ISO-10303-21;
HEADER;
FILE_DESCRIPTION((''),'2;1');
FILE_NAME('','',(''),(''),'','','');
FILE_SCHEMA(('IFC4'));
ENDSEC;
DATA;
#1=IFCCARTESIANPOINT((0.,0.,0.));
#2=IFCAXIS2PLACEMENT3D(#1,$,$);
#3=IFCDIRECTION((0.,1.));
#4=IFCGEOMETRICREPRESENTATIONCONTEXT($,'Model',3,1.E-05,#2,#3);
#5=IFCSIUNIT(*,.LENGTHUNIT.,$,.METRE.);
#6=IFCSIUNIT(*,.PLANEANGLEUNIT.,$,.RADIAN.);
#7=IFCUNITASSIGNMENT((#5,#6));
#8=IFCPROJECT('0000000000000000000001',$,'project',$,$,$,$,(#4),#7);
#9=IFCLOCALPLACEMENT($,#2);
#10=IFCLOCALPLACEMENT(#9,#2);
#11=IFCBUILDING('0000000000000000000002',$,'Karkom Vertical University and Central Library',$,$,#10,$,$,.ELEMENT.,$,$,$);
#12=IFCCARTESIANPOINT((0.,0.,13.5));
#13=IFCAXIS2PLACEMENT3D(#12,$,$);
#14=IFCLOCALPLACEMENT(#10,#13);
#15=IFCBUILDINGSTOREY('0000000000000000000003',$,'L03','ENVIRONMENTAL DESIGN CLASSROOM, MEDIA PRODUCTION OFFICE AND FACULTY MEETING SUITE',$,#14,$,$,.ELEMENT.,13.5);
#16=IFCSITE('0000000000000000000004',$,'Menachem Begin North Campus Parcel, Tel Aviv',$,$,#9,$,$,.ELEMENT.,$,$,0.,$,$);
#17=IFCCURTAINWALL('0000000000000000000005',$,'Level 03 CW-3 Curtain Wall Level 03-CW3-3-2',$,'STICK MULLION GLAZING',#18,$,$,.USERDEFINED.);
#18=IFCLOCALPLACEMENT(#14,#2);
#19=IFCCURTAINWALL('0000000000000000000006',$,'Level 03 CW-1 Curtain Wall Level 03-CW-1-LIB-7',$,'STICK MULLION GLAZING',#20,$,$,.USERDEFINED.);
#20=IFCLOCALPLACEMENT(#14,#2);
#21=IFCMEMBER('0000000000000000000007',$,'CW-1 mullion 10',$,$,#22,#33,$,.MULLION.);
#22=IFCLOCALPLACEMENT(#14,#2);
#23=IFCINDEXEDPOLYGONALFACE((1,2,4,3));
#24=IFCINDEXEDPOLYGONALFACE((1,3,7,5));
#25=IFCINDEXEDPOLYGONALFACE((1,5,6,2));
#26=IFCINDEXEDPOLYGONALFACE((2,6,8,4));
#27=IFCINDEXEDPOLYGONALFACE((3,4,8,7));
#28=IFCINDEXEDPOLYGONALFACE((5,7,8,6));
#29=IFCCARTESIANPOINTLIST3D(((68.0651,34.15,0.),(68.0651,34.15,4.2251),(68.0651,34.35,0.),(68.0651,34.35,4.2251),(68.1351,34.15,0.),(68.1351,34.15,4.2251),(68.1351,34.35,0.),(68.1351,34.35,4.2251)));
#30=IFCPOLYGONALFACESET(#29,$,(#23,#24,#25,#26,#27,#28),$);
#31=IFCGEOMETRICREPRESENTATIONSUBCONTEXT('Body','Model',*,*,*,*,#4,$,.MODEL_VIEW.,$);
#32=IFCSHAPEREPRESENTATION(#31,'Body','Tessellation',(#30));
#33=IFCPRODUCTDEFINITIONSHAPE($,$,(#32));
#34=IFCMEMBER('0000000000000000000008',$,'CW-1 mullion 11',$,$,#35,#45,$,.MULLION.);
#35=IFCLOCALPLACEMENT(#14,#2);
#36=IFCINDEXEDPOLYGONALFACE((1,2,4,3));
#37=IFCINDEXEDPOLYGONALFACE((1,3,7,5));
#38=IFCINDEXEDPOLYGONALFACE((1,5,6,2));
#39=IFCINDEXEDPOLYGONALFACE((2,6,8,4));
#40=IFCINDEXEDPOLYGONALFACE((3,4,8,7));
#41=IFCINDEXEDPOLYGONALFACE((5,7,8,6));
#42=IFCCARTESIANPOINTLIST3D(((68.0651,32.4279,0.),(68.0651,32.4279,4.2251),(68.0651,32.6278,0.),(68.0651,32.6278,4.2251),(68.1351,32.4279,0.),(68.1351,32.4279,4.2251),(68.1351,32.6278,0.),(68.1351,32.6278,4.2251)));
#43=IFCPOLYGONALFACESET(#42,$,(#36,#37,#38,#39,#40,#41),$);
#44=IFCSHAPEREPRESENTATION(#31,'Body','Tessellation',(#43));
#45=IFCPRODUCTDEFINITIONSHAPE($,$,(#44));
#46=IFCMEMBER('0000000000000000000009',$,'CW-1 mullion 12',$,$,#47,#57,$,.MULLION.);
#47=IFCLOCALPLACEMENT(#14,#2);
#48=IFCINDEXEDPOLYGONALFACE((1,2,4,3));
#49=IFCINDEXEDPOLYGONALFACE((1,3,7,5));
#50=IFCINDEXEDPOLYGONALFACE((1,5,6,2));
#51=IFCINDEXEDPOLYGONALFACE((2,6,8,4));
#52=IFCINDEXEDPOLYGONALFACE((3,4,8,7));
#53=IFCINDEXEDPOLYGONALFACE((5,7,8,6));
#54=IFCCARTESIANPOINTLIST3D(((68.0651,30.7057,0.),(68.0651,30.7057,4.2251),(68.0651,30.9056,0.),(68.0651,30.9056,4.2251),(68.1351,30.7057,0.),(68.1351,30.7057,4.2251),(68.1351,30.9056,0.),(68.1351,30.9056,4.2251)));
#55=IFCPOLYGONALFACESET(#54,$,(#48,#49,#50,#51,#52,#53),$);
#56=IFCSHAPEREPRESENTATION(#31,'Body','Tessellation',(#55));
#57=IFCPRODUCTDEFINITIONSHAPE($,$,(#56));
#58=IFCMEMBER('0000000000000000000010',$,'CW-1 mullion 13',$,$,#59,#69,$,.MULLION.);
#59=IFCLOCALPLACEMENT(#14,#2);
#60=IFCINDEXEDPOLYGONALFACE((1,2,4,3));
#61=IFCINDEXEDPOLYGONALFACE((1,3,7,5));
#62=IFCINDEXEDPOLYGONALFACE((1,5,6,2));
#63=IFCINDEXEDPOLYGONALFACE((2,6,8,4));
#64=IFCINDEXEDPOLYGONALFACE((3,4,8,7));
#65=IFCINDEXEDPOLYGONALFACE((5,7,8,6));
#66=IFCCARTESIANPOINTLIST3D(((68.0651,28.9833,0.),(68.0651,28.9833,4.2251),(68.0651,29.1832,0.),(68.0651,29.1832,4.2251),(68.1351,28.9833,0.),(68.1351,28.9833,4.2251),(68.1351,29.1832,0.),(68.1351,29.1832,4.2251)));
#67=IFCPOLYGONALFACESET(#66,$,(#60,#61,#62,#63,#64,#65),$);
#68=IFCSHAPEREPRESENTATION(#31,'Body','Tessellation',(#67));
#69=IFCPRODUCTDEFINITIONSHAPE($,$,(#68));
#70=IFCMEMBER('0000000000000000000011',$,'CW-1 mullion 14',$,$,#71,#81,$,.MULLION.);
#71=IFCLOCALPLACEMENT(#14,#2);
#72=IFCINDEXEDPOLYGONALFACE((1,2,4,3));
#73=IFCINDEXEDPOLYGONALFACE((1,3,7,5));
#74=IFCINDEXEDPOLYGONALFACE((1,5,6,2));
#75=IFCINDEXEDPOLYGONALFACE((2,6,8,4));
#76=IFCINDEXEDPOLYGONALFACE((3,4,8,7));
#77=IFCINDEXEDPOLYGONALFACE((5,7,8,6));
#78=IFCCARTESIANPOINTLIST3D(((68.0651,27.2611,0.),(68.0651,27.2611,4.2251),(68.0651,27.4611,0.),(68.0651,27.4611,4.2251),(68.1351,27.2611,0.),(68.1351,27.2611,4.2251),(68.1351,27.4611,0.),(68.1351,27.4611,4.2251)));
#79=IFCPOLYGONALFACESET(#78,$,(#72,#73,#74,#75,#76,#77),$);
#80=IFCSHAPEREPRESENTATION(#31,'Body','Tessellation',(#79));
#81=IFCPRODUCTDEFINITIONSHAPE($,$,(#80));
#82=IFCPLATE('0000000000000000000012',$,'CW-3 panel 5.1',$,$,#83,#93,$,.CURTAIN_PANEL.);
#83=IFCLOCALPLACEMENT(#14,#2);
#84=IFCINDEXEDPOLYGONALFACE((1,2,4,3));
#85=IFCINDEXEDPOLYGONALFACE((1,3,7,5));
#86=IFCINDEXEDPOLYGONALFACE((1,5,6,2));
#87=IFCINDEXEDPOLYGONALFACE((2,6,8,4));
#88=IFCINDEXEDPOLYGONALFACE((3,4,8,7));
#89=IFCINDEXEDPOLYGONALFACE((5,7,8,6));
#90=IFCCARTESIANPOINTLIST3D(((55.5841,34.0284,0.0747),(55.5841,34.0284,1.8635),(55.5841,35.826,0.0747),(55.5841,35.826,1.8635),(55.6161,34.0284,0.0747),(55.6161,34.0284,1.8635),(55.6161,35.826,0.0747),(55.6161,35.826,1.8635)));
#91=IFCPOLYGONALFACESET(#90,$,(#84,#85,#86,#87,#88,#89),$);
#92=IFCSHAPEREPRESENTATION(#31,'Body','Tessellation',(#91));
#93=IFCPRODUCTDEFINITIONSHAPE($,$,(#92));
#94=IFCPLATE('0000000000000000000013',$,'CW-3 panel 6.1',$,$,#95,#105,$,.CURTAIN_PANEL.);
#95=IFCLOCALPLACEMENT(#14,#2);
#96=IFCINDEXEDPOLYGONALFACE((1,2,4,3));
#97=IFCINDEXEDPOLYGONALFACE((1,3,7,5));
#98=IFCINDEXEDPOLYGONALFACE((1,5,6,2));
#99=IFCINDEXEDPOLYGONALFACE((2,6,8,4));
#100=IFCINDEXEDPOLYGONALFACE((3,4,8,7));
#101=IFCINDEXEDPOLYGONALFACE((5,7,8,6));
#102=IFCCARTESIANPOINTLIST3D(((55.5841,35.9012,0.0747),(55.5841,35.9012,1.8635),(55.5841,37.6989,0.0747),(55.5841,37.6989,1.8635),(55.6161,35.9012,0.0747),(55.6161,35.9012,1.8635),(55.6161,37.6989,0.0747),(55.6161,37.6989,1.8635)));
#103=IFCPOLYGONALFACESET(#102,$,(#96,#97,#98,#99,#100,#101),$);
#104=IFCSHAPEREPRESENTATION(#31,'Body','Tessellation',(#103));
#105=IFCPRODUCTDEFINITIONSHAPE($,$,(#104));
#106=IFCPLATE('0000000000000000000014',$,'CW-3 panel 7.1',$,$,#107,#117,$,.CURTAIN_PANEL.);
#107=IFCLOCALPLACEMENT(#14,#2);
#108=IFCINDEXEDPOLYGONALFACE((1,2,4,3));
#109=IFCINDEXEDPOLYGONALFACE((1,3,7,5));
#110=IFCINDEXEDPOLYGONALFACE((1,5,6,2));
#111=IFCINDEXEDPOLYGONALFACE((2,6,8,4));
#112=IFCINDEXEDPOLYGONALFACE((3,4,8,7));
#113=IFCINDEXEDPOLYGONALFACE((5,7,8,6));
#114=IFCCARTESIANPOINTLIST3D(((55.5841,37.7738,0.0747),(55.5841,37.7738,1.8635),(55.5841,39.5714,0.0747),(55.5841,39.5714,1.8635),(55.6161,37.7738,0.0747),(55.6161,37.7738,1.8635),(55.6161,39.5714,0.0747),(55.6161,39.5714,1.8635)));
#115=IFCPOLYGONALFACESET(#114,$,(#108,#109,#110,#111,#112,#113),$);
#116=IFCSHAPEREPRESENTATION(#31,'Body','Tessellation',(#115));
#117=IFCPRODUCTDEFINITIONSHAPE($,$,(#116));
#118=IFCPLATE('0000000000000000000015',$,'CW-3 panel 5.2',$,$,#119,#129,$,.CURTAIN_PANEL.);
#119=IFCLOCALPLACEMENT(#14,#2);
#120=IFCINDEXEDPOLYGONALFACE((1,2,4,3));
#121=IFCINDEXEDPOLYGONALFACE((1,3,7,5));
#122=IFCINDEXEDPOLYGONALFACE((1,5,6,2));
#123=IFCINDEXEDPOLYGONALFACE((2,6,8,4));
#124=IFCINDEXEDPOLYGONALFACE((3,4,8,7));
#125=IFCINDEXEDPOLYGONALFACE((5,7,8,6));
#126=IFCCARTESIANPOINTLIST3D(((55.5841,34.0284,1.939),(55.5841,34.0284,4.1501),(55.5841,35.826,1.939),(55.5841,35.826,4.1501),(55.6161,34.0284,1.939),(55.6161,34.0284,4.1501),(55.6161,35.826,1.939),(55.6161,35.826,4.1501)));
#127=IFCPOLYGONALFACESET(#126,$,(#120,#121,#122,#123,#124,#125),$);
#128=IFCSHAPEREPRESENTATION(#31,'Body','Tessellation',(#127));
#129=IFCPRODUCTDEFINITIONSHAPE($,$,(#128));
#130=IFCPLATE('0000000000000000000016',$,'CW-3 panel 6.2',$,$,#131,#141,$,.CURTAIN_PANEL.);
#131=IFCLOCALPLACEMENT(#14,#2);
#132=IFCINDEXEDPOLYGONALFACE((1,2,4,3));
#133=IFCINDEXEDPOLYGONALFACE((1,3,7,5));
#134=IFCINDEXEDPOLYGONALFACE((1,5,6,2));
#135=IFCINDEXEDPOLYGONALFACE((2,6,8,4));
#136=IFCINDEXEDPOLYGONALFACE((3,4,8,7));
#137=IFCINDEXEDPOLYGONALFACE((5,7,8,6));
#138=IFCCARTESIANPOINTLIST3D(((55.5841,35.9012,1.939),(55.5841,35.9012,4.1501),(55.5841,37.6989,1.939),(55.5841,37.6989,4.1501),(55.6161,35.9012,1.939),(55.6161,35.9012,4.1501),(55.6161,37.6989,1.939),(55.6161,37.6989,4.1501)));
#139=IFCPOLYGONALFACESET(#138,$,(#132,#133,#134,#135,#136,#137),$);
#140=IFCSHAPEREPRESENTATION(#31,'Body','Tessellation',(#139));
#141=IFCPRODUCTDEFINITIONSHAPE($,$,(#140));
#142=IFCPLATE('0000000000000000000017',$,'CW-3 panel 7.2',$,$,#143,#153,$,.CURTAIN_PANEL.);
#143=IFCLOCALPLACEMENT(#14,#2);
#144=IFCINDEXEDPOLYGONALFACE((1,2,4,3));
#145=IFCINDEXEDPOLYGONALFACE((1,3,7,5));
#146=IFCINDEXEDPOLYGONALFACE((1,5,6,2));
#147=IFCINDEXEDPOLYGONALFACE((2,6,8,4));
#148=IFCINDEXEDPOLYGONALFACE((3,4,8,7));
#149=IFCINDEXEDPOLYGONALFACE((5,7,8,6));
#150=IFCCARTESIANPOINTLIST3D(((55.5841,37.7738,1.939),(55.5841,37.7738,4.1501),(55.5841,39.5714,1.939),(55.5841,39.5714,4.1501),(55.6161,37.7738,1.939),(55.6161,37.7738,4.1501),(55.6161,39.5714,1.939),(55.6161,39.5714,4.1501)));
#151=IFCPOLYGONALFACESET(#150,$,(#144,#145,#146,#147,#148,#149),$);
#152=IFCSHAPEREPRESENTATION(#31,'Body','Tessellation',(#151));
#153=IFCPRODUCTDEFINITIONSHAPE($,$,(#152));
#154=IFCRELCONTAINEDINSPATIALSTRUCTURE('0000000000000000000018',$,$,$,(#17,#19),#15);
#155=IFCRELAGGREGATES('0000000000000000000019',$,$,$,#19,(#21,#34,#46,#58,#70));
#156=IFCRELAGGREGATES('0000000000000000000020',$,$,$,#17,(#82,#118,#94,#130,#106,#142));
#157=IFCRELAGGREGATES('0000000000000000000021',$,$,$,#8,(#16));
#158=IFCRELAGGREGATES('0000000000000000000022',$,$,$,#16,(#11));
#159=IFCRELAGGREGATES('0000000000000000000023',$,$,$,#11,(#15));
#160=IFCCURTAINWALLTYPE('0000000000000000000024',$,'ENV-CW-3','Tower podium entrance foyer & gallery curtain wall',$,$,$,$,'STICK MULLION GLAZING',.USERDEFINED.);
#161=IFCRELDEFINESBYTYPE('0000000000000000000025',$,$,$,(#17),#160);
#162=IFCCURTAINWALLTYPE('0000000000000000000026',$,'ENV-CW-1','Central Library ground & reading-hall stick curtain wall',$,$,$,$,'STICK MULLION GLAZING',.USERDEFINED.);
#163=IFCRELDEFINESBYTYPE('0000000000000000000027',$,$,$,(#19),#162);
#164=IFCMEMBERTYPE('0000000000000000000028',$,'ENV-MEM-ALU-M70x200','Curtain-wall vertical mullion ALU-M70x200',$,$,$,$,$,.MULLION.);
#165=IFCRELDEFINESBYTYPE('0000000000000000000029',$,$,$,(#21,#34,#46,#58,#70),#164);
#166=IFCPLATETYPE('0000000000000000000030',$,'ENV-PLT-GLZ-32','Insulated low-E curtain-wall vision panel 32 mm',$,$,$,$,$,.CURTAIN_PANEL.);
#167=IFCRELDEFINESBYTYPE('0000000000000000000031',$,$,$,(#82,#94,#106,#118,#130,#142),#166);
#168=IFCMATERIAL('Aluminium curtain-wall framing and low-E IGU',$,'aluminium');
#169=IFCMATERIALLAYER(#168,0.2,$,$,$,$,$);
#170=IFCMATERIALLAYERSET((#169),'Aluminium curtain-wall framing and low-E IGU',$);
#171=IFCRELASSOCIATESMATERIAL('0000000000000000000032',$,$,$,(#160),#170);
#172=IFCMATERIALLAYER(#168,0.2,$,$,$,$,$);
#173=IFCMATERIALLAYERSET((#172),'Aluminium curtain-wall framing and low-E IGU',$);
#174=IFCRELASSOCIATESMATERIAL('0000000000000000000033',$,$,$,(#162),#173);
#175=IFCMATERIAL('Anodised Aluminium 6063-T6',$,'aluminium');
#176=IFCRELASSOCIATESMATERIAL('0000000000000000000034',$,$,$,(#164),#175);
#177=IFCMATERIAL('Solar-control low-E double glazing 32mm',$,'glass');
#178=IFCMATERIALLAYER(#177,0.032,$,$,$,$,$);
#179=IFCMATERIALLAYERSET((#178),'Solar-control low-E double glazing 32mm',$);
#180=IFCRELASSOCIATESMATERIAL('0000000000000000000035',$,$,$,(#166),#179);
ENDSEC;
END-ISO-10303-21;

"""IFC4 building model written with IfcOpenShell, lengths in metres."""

from ifc_helpers import new_model, si_unit, direction, frame, origin, origin_with_axes, origin_2d, place, context, subcontext, project, spatial, rectangle, extrude, source, transform, mapped, material, layer, layer_set, material_profile, profile_set, type_object, element, aggregate, save


model = new_model("IFC4")

# Units and contexts
model_context = context("Model", 3, precision=1e-05, world=origin(), true_north=direction((0.0, 1.0)))
body_context = subcontext(model_context, "Body", "Model", "MODEL_VIEW")
ifc_project = project(units=[si_unit("LENGTHUNIT", "METRE"), si_unit("PLANEANGLEUNIT", "RADIAN")], contexts=[model_context])

# Site, building, storey
site_placement = place(None, origin())
site = spatial("IfcSite", under=ifc_project, at=site_placement, Name="Menachem Begin North Campus Parcel, Tel Aviv", CompositionType="ELEMENT", RefElevation=0.0)
building_placement = place(site_placement, origin())
building = spatial("IfcBuilding", under=site, at=building_placement, Name="Karkom Vertical University and Central Library", CompositionType="ELEMENT")
storey_placement = place(building_placement, frame((0.0, 0.0, 13.5)))
storey = spatial("IfcBuildingStorey", under=building, at=storey_placement, Name="L03", Description="ENVIRONMENTAL DESIGN CLASSROOM, MEDIA PRODUCTION OFFICE AND FACULTY MEETING SUITE", CompositionType="ELEMENT", Elevation=13.5)

# Curtain walls, members
ifc_material_1 = material(Name="Aluminium curtain-wall framing and low-E IGU", Category="aluminium")
ifc_layer_1 = layer(ifc_material_1, 0.2)
ifc_layer_set_1 = layer_set([ifc_layer_1], Name="Aluminium curtain-wall framing and low-E IGU")
curtain_wall_type_1 = type_object("IfcCurtainWallType", Name="ENV-CW-3", Description="Tower podium entrance foyer & gallery curtain wall", ElementType="STICK MULLION GLAZING", PredefinedType="USERDEFINED", material=ifc_layer_set_1)
curtain_wall_1_placement = place(storey_placement, origin())
curtain_wall_1 = element("IfcCurtainWall", 1, at=curtain_wall_1_placement, inside=storey, type_object=curtain_wall_type_1, Name="Level 03 CW-3 Curtain Wall Level 03-CW3-3-2", ObjectType="STICK MULLION GLAZING", PredefinedType="USERDEFINED")
ifc_material_2 = material(Name="Anodised Aluminium 6063-T6", Category="aluminium")
ifc_layer_2 = layer(ifc_material_1, 0.2)
ifc_layer_set_2 = layer_set([ifc_layer_2], Name="Aluminium curtain-wall framing and low-E IGU")
curtain_wall_type_2 = type_object("IfcCurtainWallType", Name="ENV-CW-1", Description="Central Library ground & reading-hall stick curtain wall", ElementType="STICK MULLION GLAZING", PredefinedType="USERDEFINED", material=ifc_layer_set_2)
curtain_wall_2_placement = place(storey_placement, origin())
curtain_wall_2 = element("IfcCurtainWall", 2, at=curtain_wall_2_placement, inside=storey, type_object=curtain_wall_type_2, Name="Level 03 CW-1 Curtain Wall Level 03-CW-1-LIB-7", ObjectType="STICK MULLION GLAZING", PredefinedType="USERDEFINED")
ifc_material_profile_1 = material_profile(ifc_material_2, rectangle(XDim=0.0701, YDim=0.2, at=origin_2d()), Name="ALU-M70x200")
ifc_profile_set_1 = profile_set([ifc_material_profile_1], Name="Anodised Aluminium 6063-T6")
member_type_1 = type_object("IfcMemberType", Name="ENV-MEM-ALU-M70x200", Description="Curtain-wall vertical mullion ALU-M70x200", PredefinedType="MULLION", material=ifc_profile_set_1)
shared_shape_1 = source(origin_with_axes(), body_context, "Body", "SweptSolid", [
    extrude(rectangle(XDim=0.0701, YDim=0.2, at=origin_2d()), origin(), (0.0, 0.0, 1.0), 4.2251),
])
member_1_placement = place(storey_placement, frame((68.1001, 34.25, 0.0), z_axis=(0.0, 0.0, 1.0), x_axis=(1.0, 0.0, 0.0)))
member_1 = element("IfcMember", 3, at=member_1_placement, type_object=member_type_1, Name="CW-1 mullion 10", PredefinedType="MULLION", context=body_context, shape_type="MappedRepresentation", body=[
    mapped(shared_shape_1, transform((0.0, 0.0, 0.0), scale=1.0)),
])
member_2_placement = place(storey_placement, frame((68.1001, 32.5278, 0.0), z_axis=(0.0, 0.0, 1.0), x_axis=(1.0, 0.0, 0.0)))
member_2 = element("IfcMember", 4, at=member_2_placement, type_object=member_type_1, Name="CW-1 mullion 11", PredefinedType="MULLION", context=body_context, shape_type="MappedRepresentation", body=[
    mapped(shared_shape_1, transform((0.0, 0.0, 0.0), scale=1.0)),
])
member_3_placement = place(storey_placement, frame((68.1001, 30.8057, 0.0), z_axis=(0.0, 0.0, 1.0), x_axis=(1.0, 0.0, 0.0)))
member_3 = element("IfcMember", 5, at=member_3_placement, type_object=member_type_1, Name="CW-1 mullion 12", PredefinedType="MULLION", context=body_context, shape_type="MappedRepresentation", body=[
    mapped(shared_shape_1, transform((0.0, 0.0, 0.0), scale=1.0)),
])
member_4_placement = place(storey_placement, frame((68.1001, 29.0833, 0.0), z_axis=(0.0, 0.0, 1.0), x_axis=(1.0, 0.0, 0.0)))
member_4 = element("IfcMember", 6, at=member_4_placement, type_object=member_type_1, Name="CW-1 mullion 13", PredefinedType="MULLION", context=body_context, shape_type="MappedRepresentation", body=[
    mapped(shared_shape_1, transform((0.0, 0.0, 0.0), scale=1.0)),
])
member_5_placement = place(storey_placement, frame((68.1001, 27.3611, 0.0), z_axis=(0.0, 0.0, 1.0), x_axis=(1.0, 0.0, 0.0)))
member_5 = element("IfcMember", 7, at=member_5_placement, type_object=member_type_1, Name="CW-1 mullion 14", PredefinedType="MULLION", context=body_context, shape_type="MappedRepresentation", body=[
    mapped(shared_shape_1, transform((0.0, 0.0, 0.0), scale=1.0)),
])
aggregate(curtain_wall_2, [member_1, member_2, member_3, member_4, member_5])

# Plates
ifc_material_3 = material(Name="Solar-control low-E double glazing 32mm", Category="glass")
ifc_layer_3 = layer(ifc_material_3, 0.032)
ifc_layer_set_3 = layer_set([ifc_layer_3], Name="Solar-control low-E double glazing 32mm")
plate_type = type_object("IfcPlateType", Name="ENV-PLT-GLZ-32", Description="Insulated low-E curtain-wall vision panel 32 mm", PredefinedType="CURTAIN_PANEL", material=ifc_layer_set_3)
shared_shape_2 = source(origin_with_axes(), body_context, "Body", "SweptSolid", [
    extrude(rectangle(XDim=1.7976, YDim=0.032, at=origin_2d()), origin(), (0.0, 0.0, 1.0), 1.7888),
])
plate_1_placement = place(storey_placement, frame((55.6001, 34.9272, 0.0747), z_axis=(0.0, 0.0, 1.0), x_axis=(0.0, 1.0, 0.0)))
plate_1 = element("IfcPlate", 8, at=plate_1_placement, type_object=plate_type, Name="CW-3 panel 5.1", PredefinedType="CURTAIN_PANEL", context=body_context, shape_type="MappedRepresentation", body=[
    mapped(shared_shape_2, transform((0.0, 0.0, 0.0), scale=1.0)),
])
plate_2_placement = place(storey_placement, frame((55.6001, 36.8, 0.0747), z_axis=(0.0, 0.0, 1.0), x_axis=(0.0, 1.0, 0.0)))
plate_2 = element("IfcPlate", 9, at=plate_2_placement, type_object=plate_type, Name="CW-3 panel 6.1", PredefinedType="CURTAIN_PANEL", context=body_context, shape_type="MappedRepresentation", body=[
    mapped(shared_shape_2, transform((0.0, 0.0, 0.0), scale=1.0)),
])
plate_3_placement = place(storey_placement, frame((55.6001, 38.6726, 0.0747), z_axis=(0.0, 0.0, 1.0), x_axis=(0.0, 1.0, 0.0)))
plate_3 = element("IfcPlate", 10, at=plate_3_placement, type_object=plate_type, Name="CW-3 panel 7.1", PredefinedType="CURTAIN_PANEL", context=body_context, shape_type="MappedRepresentation", body=[
    mapped(shared_shape_2, transform((0.0, 0.0, 0.0), scale=1.0)),
])
shared_shape_3 = source(origin_with_axes(), body_context, "Body", "SweptSolid", [
    extrude(rectangle(XDim=1.7976, YDim=0.032, at=origin_2d()), origin(), (0.0, 0.0, 1.0), 2.2112),
])
plate_4_placement = place(storey_placement, frame((55.6001, 34.9272, 1.939), z_axis=(0.0, 0.0, 1.0), x_axis=(0.0, 1.0, 0.0)))
plate_4 = element("IfcPlate", 11, at=plate_4_placement, type_object=plate_type, Name="CW-3 panel 5.2", PredefinedType="CURTAIN_PANEL", context=body_context, shape_type="MappedRepresentation", body=[
    mapped(shared_shape_3, transform((0.0, 0.0, 0.0), scale=1.0)),
])
plate_5_placement = place(storey_placement, frame((55.6001, 36.8, 1.939), z_axis=(0.0, 0.0, 1.0), x_axis=(0.0, 1.0, 0.0)))
plate_5 = element("IfcPlate", 12, at=plate_5_placement, type_object=plate_type, Name="CW-3 panel 6.2", PredefinedType="CURTAIN_PANEL", context=body_context, shape_type="MappedRepresentation", body=[
    mapped(shared_shape_3, transform((0.0, 0.0, 0.0), scale=1.0)),
])
plate_6_placement = place(storey_placement, frame((55.6001, 38.6726, 1.939), z_axis=(0.0, 0.0, 1.0), x_axis=(0.0, 1.0, 0.0)))
plate_6 = element("IfcPlate", 13, at=plate_6_placement, type_object=plate_type, Name="CW-3 panel 7.2", PredefinedType="CURTAIN_PANEL", context=body_context, shape_type="MappedRepresentation", body=[
    mapped(shared_shape_3, transform((0.0, 0.0, 0.0), scale=1.0)),
])
aggregate(curtain_wall_1, [plate_1, plate_4, plate_2, plate_5, plate_3, plate_6])

save(model, "model.ifc")
